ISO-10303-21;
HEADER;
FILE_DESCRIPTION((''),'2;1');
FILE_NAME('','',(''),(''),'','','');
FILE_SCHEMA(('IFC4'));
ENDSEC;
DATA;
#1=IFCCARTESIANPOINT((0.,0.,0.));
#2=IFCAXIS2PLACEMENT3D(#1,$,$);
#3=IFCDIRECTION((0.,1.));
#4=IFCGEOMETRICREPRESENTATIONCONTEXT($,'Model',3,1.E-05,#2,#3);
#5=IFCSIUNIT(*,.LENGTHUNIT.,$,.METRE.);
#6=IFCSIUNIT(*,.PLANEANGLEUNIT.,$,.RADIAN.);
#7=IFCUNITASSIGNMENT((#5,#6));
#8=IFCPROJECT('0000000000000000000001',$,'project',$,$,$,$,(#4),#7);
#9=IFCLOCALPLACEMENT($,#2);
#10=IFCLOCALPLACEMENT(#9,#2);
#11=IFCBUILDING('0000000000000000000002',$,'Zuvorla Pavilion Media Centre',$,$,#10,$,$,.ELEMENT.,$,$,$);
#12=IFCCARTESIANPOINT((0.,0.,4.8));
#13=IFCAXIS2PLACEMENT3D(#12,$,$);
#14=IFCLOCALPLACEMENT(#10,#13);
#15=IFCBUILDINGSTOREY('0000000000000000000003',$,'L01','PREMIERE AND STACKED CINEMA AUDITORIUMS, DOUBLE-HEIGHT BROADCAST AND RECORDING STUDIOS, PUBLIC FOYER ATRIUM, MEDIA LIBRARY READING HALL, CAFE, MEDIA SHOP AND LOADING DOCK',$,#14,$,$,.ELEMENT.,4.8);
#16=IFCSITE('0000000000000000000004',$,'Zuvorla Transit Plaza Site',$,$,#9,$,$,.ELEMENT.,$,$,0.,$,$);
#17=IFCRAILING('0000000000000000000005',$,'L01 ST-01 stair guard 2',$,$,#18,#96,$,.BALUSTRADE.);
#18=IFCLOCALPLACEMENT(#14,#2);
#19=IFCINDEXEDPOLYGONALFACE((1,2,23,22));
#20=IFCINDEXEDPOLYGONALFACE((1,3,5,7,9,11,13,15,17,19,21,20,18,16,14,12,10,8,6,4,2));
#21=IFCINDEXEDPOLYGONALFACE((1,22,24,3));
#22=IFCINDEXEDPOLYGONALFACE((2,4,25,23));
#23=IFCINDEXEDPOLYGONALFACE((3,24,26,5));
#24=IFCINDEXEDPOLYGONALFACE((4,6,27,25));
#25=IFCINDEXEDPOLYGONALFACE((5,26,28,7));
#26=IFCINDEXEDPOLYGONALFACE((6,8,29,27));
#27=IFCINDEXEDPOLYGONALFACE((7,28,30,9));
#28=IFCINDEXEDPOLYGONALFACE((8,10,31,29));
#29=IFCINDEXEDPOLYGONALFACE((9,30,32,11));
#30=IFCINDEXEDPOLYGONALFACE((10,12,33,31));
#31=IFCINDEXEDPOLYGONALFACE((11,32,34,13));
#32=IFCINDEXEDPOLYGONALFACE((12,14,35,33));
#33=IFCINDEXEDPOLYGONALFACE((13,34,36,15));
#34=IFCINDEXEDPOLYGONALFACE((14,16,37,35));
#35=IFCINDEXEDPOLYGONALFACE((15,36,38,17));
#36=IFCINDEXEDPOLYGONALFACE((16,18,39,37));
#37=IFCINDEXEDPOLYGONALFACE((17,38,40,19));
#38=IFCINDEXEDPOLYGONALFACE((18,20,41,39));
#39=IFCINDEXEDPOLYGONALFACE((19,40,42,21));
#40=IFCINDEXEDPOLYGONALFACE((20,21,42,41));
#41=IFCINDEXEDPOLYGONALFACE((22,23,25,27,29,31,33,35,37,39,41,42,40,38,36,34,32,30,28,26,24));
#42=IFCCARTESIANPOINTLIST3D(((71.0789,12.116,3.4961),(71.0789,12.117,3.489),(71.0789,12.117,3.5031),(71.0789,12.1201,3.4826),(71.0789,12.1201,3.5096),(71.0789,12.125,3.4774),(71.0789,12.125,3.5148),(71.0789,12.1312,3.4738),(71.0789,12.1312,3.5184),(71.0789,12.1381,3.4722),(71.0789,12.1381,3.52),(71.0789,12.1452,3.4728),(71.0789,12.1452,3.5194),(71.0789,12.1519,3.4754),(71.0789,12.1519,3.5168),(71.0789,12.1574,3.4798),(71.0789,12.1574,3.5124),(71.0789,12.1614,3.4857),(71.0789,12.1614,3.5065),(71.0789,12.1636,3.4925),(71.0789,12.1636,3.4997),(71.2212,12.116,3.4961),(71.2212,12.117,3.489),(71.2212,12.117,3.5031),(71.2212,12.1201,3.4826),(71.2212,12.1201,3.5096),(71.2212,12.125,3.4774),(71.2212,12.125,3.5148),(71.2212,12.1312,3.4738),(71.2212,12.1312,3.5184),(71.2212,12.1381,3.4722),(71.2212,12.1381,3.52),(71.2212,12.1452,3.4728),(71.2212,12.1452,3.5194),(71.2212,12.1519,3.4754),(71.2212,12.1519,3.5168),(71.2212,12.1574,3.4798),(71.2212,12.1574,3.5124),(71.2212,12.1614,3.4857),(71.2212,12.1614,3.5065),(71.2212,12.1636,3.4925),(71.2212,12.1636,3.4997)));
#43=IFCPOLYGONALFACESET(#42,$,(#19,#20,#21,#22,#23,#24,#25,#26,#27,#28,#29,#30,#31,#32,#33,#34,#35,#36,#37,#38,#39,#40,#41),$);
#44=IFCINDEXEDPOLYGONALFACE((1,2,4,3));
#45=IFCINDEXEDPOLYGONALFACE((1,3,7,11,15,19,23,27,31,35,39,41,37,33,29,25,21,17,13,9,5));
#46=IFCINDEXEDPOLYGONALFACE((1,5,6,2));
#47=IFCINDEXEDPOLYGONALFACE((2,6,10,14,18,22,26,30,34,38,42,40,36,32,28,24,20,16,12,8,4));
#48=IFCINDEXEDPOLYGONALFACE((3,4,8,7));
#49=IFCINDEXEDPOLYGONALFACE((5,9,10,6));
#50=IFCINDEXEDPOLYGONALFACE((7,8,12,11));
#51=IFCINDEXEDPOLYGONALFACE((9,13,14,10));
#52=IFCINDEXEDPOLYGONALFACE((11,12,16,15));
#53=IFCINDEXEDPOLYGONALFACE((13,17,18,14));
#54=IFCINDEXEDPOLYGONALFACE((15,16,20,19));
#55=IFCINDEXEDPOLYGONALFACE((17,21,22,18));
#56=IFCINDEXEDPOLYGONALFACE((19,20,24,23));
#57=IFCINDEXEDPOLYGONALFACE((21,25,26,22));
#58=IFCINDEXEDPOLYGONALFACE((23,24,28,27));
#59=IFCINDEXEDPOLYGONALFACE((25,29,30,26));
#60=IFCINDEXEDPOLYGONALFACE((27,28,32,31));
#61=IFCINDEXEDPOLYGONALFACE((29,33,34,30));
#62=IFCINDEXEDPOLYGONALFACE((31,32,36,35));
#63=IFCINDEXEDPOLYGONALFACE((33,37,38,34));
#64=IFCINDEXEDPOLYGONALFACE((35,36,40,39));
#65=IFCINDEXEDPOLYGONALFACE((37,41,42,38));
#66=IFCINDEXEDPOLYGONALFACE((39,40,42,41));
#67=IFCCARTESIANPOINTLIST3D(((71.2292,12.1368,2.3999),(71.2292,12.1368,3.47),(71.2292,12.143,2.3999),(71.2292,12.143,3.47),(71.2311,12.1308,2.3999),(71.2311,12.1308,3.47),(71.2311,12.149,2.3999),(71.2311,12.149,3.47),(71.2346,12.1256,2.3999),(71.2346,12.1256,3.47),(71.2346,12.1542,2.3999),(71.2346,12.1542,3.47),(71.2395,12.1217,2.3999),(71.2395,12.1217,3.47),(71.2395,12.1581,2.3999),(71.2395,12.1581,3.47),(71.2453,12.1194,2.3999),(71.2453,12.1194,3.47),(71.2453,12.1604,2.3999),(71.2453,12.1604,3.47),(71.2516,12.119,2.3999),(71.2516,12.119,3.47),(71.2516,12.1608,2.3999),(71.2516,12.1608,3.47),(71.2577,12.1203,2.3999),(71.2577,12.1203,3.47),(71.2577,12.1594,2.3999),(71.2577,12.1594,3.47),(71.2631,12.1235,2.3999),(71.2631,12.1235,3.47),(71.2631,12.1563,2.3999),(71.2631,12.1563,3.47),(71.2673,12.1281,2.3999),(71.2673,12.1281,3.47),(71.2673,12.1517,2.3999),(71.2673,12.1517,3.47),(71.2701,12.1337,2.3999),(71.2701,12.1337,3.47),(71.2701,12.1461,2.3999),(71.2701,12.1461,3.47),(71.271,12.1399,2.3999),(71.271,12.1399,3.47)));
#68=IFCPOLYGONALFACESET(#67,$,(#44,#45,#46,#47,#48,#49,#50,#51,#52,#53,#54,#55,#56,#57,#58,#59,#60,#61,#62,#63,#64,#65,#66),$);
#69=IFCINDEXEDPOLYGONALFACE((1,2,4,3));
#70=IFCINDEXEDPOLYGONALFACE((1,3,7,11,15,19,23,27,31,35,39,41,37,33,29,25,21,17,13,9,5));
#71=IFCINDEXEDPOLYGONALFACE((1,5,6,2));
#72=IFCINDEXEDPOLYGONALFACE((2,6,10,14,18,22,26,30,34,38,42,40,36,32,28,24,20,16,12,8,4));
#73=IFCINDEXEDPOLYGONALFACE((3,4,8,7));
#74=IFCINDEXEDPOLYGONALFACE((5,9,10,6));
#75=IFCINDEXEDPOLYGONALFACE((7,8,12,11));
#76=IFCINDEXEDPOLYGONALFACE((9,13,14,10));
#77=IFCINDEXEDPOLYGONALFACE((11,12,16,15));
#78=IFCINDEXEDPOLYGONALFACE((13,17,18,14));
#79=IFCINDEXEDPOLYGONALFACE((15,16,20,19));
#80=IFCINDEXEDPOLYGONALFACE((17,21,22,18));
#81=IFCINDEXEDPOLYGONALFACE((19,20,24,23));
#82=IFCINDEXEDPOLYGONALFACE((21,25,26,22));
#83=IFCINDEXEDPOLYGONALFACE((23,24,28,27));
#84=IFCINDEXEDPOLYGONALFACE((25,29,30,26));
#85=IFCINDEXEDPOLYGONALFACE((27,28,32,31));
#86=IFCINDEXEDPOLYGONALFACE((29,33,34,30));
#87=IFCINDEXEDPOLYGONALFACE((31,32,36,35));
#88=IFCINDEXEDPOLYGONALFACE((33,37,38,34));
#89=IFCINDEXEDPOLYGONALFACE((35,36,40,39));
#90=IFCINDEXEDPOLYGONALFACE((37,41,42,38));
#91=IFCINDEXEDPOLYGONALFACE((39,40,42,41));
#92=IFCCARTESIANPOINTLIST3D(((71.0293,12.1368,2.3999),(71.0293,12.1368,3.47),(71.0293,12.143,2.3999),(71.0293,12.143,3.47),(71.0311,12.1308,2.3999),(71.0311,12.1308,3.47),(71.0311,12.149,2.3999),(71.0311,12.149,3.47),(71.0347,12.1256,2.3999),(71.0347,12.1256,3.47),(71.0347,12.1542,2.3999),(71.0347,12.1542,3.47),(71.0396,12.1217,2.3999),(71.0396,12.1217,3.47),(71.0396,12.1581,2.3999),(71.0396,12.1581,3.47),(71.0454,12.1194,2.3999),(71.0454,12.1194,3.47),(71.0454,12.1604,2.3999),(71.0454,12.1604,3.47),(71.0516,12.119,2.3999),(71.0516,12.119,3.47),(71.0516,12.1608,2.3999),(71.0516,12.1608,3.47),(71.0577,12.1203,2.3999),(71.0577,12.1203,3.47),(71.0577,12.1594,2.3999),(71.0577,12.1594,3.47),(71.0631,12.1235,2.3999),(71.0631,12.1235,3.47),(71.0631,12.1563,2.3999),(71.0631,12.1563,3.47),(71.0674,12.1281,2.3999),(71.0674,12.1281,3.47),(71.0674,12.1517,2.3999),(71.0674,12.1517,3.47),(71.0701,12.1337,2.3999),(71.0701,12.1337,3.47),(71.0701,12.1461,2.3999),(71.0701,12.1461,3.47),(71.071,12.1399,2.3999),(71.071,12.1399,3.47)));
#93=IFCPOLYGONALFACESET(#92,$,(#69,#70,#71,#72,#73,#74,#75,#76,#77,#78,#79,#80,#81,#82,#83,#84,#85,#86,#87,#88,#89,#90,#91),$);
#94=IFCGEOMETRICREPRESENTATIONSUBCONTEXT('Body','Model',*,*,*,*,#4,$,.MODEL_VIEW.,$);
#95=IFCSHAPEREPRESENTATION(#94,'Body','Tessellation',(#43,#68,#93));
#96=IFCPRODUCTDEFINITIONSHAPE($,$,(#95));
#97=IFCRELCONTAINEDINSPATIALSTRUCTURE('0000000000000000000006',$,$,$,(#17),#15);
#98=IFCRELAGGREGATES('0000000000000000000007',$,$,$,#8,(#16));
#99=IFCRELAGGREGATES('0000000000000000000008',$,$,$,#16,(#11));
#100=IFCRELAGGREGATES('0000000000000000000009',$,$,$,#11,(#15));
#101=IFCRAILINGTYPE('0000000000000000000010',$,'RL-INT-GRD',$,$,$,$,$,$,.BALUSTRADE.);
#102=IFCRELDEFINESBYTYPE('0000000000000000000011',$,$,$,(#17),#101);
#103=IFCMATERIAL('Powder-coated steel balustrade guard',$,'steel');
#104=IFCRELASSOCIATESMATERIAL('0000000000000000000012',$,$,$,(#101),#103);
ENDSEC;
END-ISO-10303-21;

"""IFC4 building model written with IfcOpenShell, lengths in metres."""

from ifc_helpers import new_model, si_unit, direction, frame, origin, origin_2d, place, context, subcontext, project, spatial, circle, extrude, material, type_object, element, save


model = new_model("IFC4")

# Units and contexts
model_context = context("Model", 3, precision=1e-05, world=origin(), true_north=direction((0.0, 1.0)))
body_context = subcontext(model_context, "Body", "Model", "MODEL_VIEW")
ifc_project = project(units=[si_unit("LENGTHUNIT", "METRE"), si_unit("PLANEANGLEUNIT", "RADIAN")], contexts=[model_context])

# Site, building, storey
site_placement = place(None, origin())
site = spatial("IfcSite", under=ifc_project, at=site_placement, Name="Zuvorla Transit Plaza Site", CompositionType="ELEMENT", RefElevation=0.0)
building_placement = place(site_placement, origin())
building = spatial("IfcBuilding", under=site, at=building_placement, Name="Zuvorla Pavilion Media Centre", CompositionType="ELEMENT")
storey_placement = place(building_placement, frame((0.0, 0.0, 4.8)))
storey = spatial("IfcBuildingStorey", under=building, at=storey_placement, Name="L01", Description="PREMIERE AND STACKED CINEMA AUDITORIUMS, DOUBLE-HEIGHT BROADCAST AND RECORDING STUDIOS, PUBLIC FOYER ATRIUM, MEDIA LIBRARY READING HALL, CAFE, MEDIA SHOP AND LOADING DOCK", CompositionType="ELEMENT", Elevation=4.8)

# Railing
ifc_material_1 = material(Name="Powder-coated steel balustrade guard", Category="steel")
railing_type_1 = type_object("IfcRailingType", Name="RL-INT-GRD", PredefinedType="BALUSTRADE", material=ifc_material_1)
railing_1_placement = place(storey_placement, frame((71.25, 12.1399, 2.3999)))
element("IfcRailing", 1, at=railing_1_placement, inside=storey, type_object=railing_type_1, Name="L01 ST-01 stair guard 2", PredefinedType="BALUSTRADE", context=body_context, shape_type="SweptSolid", body=[
    extrude(circle(Radius=0.0239, at=origin_2d()), frame((-0.0288, 0.0, 1.0962), z_axis=(-1.0, 0.0, 0.0), x_axis=(0.0, -1.0, 0.0)), (0.0, 0.0, 1.0), 0.1423),
    extrude(circle(Radius=0.021, at=origin_2d()), origin(), (0.0, 0.0, 1.0), 1.0701),
    extrude(circle(Radius=0.021, at=origin_2d()), frame((-0.2, 0.0, 0.0)), (0.0, 0.0, 1.0), 1.0701),
])

save(model, "model.ifc")
